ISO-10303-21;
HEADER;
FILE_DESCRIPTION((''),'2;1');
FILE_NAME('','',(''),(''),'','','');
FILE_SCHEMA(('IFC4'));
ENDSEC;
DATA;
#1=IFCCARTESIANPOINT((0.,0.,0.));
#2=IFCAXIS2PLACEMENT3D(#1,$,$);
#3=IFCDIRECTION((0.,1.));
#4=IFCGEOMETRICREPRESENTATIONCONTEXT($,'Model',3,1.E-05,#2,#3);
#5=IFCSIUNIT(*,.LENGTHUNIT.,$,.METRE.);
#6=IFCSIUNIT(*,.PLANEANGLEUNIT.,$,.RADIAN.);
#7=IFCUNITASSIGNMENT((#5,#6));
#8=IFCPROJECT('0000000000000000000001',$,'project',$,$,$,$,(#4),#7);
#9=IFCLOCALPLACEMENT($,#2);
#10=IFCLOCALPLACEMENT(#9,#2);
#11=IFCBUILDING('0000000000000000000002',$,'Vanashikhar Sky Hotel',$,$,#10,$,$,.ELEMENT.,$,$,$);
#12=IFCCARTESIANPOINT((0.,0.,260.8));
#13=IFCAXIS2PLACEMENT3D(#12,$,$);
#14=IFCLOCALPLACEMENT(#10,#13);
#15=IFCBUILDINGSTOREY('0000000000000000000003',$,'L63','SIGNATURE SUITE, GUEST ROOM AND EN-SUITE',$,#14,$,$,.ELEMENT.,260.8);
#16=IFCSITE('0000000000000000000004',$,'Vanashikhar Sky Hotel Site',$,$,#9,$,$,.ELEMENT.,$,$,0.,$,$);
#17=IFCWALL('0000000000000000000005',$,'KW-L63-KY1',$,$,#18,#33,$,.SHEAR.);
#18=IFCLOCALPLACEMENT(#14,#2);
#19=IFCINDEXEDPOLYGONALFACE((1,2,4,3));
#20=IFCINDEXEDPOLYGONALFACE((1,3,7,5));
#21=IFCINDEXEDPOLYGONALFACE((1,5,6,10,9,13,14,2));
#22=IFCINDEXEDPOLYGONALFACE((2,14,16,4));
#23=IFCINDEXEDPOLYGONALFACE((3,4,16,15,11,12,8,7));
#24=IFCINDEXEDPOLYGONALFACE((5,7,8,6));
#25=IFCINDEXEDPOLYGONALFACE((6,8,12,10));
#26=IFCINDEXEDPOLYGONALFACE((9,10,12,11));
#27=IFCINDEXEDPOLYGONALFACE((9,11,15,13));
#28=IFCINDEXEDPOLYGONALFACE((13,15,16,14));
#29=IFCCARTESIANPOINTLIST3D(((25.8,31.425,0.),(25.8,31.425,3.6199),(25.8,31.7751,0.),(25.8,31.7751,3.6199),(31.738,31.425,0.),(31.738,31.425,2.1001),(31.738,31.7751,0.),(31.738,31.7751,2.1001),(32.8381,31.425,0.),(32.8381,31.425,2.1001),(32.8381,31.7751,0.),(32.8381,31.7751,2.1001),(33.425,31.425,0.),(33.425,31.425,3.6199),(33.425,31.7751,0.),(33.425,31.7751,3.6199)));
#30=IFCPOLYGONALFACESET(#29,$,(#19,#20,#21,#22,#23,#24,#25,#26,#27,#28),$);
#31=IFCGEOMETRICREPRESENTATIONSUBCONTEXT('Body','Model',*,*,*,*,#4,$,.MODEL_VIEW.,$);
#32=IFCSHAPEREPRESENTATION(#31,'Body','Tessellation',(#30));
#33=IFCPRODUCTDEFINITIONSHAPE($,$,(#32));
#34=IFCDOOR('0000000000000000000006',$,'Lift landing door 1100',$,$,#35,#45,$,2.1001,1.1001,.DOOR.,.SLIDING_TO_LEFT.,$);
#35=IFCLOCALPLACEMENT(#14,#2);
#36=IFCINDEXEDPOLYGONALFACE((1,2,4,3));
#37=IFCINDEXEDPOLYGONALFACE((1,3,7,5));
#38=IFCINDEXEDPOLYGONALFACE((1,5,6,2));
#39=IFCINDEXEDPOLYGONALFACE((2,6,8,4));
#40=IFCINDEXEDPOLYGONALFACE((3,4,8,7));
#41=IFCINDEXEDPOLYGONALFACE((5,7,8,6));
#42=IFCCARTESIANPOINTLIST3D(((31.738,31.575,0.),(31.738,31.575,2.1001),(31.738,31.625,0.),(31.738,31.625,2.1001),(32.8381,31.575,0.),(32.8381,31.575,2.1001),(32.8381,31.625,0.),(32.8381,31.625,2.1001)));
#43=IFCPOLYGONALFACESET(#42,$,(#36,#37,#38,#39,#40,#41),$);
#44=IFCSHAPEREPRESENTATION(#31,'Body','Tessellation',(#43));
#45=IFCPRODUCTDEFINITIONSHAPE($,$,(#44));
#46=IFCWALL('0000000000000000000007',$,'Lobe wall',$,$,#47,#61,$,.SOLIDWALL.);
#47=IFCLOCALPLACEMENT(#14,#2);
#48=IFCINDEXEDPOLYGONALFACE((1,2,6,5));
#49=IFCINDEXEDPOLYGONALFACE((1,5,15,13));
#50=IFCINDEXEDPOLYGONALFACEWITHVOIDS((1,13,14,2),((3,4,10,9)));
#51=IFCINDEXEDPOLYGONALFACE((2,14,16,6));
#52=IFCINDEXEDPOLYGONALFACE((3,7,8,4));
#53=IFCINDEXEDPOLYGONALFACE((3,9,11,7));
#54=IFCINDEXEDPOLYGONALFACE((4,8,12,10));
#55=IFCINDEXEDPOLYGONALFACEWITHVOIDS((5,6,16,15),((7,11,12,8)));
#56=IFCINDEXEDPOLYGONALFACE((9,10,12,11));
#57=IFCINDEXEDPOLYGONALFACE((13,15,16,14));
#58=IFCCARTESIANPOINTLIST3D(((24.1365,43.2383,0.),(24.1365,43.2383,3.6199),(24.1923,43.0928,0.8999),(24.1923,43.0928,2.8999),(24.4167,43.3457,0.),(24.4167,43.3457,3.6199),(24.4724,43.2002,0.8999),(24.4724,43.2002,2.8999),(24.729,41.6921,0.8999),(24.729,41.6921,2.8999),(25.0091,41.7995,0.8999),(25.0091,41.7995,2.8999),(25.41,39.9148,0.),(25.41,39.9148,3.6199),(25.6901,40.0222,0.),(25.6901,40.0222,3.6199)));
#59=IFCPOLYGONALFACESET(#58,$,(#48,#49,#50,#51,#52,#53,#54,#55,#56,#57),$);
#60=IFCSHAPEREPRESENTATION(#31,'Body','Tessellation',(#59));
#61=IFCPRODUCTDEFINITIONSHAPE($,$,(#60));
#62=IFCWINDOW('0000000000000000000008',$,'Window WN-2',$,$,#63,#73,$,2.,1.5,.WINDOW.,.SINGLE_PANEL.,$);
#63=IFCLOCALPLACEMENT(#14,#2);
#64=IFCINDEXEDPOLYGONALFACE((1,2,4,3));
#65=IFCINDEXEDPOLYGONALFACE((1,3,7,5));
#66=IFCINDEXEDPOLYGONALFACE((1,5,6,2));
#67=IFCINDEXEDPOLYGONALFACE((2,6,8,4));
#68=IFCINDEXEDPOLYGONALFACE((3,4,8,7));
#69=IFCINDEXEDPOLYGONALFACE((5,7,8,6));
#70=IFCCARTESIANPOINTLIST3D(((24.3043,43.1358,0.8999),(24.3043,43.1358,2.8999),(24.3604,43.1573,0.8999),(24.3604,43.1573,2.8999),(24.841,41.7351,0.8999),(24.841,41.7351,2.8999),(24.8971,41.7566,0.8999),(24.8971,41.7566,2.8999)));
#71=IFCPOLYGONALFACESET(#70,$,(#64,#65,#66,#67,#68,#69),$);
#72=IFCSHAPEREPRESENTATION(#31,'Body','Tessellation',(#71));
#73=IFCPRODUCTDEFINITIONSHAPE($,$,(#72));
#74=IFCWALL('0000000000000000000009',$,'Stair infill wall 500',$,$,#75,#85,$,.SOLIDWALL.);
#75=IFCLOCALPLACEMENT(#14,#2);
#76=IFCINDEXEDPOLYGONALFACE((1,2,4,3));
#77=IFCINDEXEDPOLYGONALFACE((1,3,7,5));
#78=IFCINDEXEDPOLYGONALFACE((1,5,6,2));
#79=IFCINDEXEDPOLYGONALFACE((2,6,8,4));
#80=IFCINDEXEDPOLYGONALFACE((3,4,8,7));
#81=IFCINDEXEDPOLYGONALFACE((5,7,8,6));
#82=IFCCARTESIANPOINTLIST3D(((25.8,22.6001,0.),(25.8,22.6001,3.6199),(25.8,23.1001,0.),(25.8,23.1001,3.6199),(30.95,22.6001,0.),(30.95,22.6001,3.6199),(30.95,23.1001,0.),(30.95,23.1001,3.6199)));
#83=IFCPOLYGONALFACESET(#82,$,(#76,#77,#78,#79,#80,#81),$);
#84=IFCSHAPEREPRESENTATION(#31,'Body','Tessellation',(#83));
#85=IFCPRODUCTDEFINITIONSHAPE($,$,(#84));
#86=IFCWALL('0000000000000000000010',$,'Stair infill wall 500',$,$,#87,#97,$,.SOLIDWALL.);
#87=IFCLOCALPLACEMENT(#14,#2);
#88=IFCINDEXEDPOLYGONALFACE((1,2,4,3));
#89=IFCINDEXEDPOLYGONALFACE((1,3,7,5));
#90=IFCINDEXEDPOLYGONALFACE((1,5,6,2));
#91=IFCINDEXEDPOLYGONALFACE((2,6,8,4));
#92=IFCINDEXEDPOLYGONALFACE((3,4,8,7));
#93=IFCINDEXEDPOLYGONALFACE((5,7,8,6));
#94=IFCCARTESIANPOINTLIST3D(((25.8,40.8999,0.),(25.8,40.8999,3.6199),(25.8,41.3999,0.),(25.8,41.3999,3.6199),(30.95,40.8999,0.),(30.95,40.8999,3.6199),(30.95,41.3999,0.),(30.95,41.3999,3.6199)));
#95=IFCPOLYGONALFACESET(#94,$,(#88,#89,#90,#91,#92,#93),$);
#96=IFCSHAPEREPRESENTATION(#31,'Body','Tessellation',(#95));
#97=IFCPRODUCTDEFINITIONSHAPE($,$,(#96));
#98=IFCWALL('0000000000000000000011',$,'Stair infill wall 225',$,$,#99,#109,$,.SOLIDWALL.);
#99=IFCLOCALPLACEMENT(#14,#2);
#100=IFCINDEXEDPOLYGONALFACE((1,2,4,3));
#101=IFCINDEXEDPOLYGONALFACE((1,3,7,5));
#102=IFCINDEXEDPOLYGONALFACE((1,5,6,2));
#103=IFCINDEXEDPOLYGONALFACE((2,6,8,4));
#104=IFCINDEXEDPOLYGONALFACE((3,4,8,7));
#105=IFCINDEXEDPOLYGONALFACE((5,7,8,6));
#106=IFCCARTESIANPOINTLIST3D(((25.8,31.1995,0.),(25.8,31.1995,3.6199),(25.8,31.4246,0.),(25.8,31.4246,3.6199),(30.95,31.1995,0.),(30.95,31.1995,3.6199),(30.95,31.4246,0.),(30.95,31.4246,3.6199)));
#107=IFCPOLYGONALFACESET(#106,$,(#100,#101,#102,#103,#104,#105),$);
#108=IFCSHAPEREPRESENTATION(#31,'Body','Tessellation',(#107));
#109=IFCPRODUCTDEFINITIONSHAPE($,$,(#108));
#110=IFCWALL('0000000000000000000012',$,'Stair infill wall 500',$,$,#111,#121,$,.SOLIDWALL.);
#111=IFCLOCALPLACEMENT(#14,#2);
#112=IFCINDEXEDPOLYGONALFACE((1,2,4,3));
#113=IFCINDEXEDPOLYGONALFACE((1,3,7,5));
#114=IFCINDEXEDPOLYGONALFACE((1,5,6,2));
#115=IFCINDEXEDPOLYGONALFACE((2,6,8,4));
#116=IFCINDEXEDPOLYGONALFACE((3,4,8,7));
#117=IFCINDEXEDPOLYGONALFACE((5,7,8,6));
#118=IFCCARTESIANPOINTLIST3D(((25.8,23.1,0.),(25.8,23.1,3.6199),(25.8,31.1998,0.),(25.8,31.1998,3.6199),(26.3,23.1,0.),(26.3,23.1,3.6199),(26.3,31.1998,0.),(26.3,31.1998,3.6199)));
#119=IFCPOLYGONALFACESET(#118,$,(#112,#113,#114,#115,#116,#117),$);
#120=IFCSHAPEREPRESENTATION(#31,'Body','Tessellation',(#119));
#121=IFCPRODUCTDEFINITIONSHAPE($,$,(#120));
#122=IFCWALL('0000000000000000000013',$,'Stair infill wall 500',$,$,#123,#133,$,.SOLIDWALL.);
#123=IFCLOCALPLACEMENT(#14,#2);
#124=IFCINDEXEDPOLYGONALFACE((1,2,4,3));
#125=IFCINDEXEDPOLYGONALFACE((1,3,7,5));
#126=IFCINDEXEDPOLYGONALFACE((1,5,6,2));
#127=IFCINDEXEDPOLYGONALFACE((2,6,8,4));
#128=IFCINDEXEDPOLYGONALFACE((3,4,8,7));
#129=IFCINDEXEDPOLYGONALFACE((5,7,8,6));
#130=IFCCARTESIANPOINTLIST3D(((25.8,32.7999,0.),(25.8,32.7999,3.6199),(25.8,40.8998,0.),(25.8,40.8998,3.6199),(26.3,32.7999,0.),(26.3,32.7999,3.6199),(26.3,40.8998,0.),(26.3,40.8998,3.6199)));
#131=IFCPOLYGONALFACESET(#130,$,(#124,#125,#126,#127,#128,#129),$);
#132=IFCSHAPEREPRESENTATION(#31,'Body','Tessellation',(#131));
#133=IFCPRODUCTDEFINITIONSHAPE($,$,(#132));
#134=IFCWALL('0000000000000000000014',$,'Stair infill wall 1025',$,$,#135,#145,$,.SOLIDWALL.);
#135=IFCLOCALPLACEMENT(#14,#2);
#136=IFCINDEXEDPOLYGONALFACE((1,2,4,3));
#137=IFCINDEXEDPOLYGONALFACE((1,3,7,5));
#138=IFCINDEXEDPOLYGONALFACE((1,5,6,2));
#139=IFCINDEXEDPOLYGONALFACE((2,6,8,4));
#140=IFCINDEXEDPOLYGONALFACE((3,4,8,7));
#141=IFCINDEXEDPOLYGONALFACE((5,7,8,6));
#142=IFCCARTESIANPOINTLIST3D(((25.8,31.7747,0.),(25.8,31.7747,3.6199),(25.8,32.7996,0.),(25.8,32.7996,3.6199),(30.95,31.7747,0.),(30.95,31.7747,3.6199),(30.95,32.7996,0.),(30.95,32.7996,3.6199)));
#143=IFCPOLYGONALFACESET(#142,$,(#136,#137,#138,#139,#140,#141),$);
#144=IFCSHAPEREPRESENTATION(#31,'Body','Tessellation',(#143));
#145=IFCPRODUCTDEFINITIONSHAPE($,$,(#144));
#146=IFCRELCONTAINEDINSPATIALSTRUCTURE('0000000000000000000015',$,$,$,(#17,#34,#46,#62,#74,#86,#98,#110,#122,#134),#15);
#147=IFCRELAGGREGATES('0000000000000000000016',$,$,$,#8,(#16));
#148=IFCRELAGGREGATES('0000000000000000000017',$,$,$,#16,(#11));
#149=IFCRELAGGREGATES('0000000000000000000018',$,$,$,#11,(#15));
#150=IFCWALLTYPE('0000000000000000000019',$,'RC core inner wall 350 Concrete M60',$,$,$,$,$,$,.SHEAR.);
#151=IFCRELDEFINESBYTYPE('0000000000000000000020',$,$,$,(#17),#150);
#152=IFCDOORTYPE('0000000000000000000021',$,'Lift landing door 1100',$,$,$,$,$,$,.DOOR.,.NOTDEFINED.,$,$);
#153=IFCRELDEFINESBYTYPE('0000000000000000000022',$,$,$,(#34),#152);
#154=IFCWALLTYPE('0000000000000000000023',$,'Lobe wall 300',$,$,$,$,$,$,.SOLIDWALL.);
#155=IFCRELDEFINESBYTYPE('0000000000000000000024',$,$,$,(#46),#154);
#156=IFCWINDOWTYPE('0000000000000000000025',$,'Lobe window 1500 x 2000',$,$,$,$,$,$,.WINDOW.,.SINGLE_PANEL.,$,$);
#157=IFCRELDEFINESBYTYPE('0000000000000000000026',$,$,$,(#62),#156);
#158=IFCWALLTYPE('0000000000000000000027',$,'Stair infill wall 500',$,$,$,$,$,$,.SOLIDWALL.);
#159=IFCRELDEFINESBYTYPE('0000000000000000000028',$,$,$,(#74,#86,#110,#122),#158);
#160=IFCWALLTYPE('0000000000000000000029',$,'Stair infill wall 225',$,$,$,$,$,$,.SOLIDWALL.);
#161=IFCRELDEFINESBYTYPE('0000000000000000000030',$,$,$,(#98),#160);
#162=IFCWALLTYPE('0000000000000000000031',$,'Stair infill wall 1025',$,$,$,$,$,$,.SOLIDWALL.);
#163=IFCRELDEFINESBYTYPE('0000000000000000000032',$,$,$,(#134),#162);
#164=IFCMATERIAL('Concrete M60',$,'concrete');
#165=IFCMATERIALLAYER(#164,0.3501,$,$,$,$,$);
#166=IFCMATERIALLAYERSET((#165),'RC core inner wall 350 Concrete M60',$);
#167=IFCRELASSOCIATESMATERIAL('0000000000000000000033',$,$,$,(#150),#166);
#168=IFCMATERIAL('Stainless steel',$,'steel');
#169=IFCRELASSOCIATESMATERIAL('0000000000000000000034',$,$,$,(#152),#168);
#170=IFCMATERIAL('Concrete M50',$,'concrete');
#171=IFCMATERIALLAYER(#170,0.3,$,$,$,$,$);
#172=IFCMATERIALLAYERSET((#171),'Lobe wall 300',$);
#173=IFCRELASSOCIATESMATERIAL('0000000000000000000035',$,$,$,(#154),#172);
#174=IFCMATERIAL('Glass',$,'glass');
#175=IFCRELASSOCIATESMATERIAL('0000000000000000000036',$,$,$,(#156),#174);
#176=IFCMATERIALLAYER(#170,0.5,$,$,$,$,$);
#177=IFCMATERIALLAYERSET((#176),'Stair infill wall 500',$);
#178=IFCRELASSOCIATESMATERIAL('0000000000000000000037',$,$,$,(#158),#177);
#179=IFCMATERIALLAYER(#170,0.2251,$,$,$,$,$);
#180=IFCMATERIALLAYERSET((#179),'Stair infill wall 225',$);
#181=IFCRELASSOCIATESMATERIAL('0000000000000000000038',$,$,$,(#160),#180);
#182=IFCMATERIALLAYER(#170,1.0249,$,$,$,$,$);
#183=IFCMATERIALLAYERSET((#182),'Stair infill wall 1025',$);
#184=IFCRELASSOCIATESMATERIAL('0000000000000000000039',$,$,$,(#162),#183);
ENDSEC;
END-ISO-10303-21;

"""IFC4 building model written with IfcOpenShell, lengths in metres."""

from ifc_helpers import new_model, si_unit, direction, frame, frame_2d, origin, place, context, subcontext, project, spatial, rectangle, extrude, source, transform, mapped, material, layer, layer_set, type_object, element, fill, save


model = new_model("IFC4")

# Units and contexts
model_context = context("Model", 3, precision=1e-05, world=origin(), true_north=direction((0.0, 1.0)))
body_context = subcontext(model_context, "Body", "Model", "MODEL_VIEW")
ifc_project = project(units=[si_unit("LENGTHUNIT", "METRE"), si_unit("PLANEANGLEUNIT", "RADIAN")], contexts=[model_context])

# Site, building, storey
site_placement = place(None, origin())
site = spatial("IfcSite", under=ifc_project, at=site_placement, Name="Vanashikhar Sky Hotel Site", CompositionType="ELEMENT", RefElevation=0.0)
building_placement = place(site_placement, origin())
building = spatial("IfcBuilding", under=site, at=building_placement, Name="Vanashikhar Sky Hotel", CompositionType="ELEMENT")
storey_placement = place(building_placement, frame((0.0, 0.0, 260.8)))
storey = spatial("IfcBuildingStorey", under=building, at=storey_placement, Name="L63", Description="SIGNATURE SUITE, GUEST ROOM AND EN-SUITE", CompositionType="ELEMENT", Elevation=260.8)

# Wall, opening, door
ifc_material_1 = material(Name="Concrete M60", Category="concrete")
ifc_layer_1 = layer(ifc_material_1, 0.3501)
ifc_layer_set_1 = layer_set([ifc_layer_1], Name="RC core inner wall 350 Concrete M60")
wall_type_1 = type_object("IfcWallType", Name="RC core inner wall 350 Concrete M60", PredefinedType="SHEAR", material=ifc_layer_set_1)
shared_shape_1 = source(origin(), body_context, "Body", "SweptSolid", [
    extrude(rectangle(XDim=7.625, YDim=0.3501, at=frame_2d((3.8125, 0.0))), origin(), (0.0, 0.0, 1.0), 3.6199),
])
wall_1_placement = place(storey_placement, frame((25.8, 31.6001, 0.0), z_axis=(0.0, 0.0, 1.0), x_axis=(1.0, 0.0, 0.0)))
wall_1 = element("IfcWall", 1, at=wall_1_placement, inside=storey, type_object=wall_type_1, Name="KW-L63-KY1", PredefinedType="SHEAR", context=body_context, shape_type="MappedRepresentation", body=[
    mapped(shared_shape_1, transform((0.0, 0.0, 0.0), scale=1.0)),
])
shared_shape_2 = source(origin(), body_context, "Body", "SweptSolid", [
    extrude(rectangle(XDim=1.1001, YDim=2.1001, at=frame_2d((0.55, 1.05))), frame((0.0, 0.1851, 0.0), z_axis=(0.0, -1.0, 0.0), x_axis=(1.0, 0.0, 0.0)), (0.0, 0.0, 1.0), 0.3701),
])
opening_1_placement = place(wall_1_placement, frame((5.938, 0.0, 0.0)))
opening_1 = element("IfcOpeningElement", 2, at=opening_1_placement, cuts=wall_1, PredefinedType="OPENING", context=body_context, shape_type="MappedRepresentation", body=[
    mapped(shared_shape_2, transform((0.0, 0.0, 0.0), scale=1.0)),
])
ifc_material_2 = material(Name="Stainless steel", Category="steel")
door_type = type_object("IfcDoorType", Name="Lift landing door 1100", OperationType="NOTDEFINED", PredefinedType="DOOR", material=ifc_material_2)
shared_shape_3 = source(origin(), body_context, "Body", "SweptSolid", [
    extrude(rectangle(XDim=1.1001, YDim=2.1001, at=frame_2d((0.55, 1.05))), frame((0.0, 0.0249, 0.0), z_axis=(0.0, -1.0, 0.0), x_axis=(1.0, 0.0, 0.0)), (0.0, 0.0, 1.0), 0.05),
])
door_placement = place(opening_1_placement, origin())
door = element("IfcDoor", 3, at=door_placement, inside=storey, type_object=door_type, Name="Lift landing door 1100", OperationType="SLIDING_TO_LEFT", OverallHeight=2.1001, OverallWidth=1.1001, PredefinedType="DOOR", context=body_context, shape_type="MappedRepresentation", body=[
    mapped(shared_shape_3, transform((0.0, 0.0, 0.0), scale=1.0)),
])
fill(opening_1, door)

# Wall, opening, window
ifc_material_3 = material(Name="Concrete M50", Category="concrete")
ifc_layer_2 = layer(ifc_material_3, 0.3)
ifc_layer_set_2 = layer_set([ifc_layer_2], Name="Lobe wall 300")
wall_type_2 = type_object("IfcWallType", Name="Lobe wall 300", PredefinedType="SOLIDWALL", material=ifc_layer_set_2)
shared_shape_4 = source(origin(), body_context, "Body", "SweptSolid", [
    extrude(rectangle(XDim=3.5591, YDim=0.3, at=frame_2d((1.7795, 0.0))), origin(), (0.0, 0.0, 1.0), 3.6199),
])
wall_2_placement = place(storey_placement, frame((25.55, 39.9685, 0.0), z_axis=(0.0, 0.0, 1.0), x_axis=(-0.357797, 0.933799, 0.0)))
wall_2 = element("IfcWall", 4, at=wall_2_placement, inside=storey, type_object=wall_type_2, Name="Lobe wall", PredefinedType="SOLIDWALL", context=body_context, shape_type="MappedRepresentation", body=[
    mapped(shared_shape_4, transform((0.0, 0.0, 0.0), scale=1.0)),
])
shared_shape_5 = source(origin(), body_context, "Body", "SweptSolid", [
    extrude(rectangle(XDim=1.5, YDim=2.0, at=frame_2d((0.75, 1.0))), frame((0.0, 0.1602, 0.0), z_axis=(0.0, -1.0, 0.0), x_axis=(1.0, 0.0, 0.0)), (0.0, 0.0, 1.0), 0.3201),
])
opening_2_placement = place(wall_2_placement, frame((1.9033, 0.0, 0.8999)))
opening_2 = element("IfcOpeningElement", 5, at=opening_2_placement, cuts=wall_2, PredefinedType="OPENING", context=body_context, shape_type="MappedRepresentation", body=[
    mapped(shared_shape_5, transform((0.0, 0.0, 0.0), scale=1.0)),
])
ifc_material_4 = material(Name="Glass", Category="glass")
window_type = type_object("IfcWindowType", Name="Lobe window 1500 x 2000", PartitioningType="SINGLE_PANEL", PredefinedType="WINDOW", material=ifc_material_4)
shared_shape_6 = source(origin(), body_context, "Body", "SweptSolid", [
    extrude(rectangle(XDim=1.5, YDim=2.0, at=frame_2d((0.75, 1.0))), frame((0.0, 0.03, 0.0), z_axis=(0.0, -1.0, 0.0), x_axis=(1.0, 0.0, 0.0)), (0.0, 0.0, 1.0), 0.0601),
])
window_placement = place(opening_2_placement, origin())
window = element("IfcWindow", 6, at=window_placement, inside=storey, type_object=window_type, Name="Window WN-2", OverallHeight=2.0, OverallWidth=1.5, PartitioningType="SINGLE_PANEL", PredefinedType="WINDOW", context=body_context, shape_type="MappedRepresentation", body=[
    mapped(shared_shape_6, transform((0.0, 0.0, 0.0), scale=1.0)),
])
fill(opening_2, window)

# Walls
ifc_layer_3 = layer(ifc_material_3, 0.5)
ifc_layer_set_3 = layer_set([ifc_layer_3], Name="Stair infill wall 500")
wall_type_3 = type_object("IfcWallType", Name="Stair infill wall 500", PredefinedType="SOLIDWALL", material=ifc_layer_set_3)
shared_shape_7 = source(origin(), body_context, "Body", "SweptSolid", [
    extrude(rectangle(XDim=5.1499, YDim=0.5, at=frame_2d((2.575, 0.0))), origin(), (0.0, 0.0, 1.0), 3.6199),
])
for number, where, z_axis, x_axis, name in (
    (7, (25.8, 22.8501, 0.0), (0.0, 0.0, 1.0), (1.0, 0.0, 0.0), "Stair infill wall 500"),
    (8, (25.8, 41.1499, 0.0), (0.0, 0.0, 1.0), (1.0, 0.0, 0.0), "Stair infill wall 500"),
):
    element("IfcWall", number, at=place(storey_placement, frame(where, z_axis=z_axis, x_axis=x_axis)), inside=storey, type_object=wall_type_3, Name=name, PredefinedType="SOLIDWALL", context=body_context, shape_type="MappedRepresentation", body=[
        mapped(shared_shape_7, transform((0.0, 0.0, 0.0), scale=1.0)),
    ])
ifc_layer_4 = layer(ifc_material_3, 0.2251)
ifc_layer_set_4 = layer_set([ifc_layer_4], Name="Stair infill wall 225")
wall_type_4 = type_object("IfcWallType", Name="Stair infill wall 225", PredefinedType="SOLIDWALL", material=ifc_layer_set_4)
shared_shape_8 = source(origin(), body_context, "Body", "SweptSolid", [
    extrude(rectangle(XDim=5.1499, YDim=0.2251, at=frame_2d((2.575, 0.0))), origin(), (0.0, 0.0, 1.0), 3.6199),
])
wall_3_placement = place(storey_placement, frame((25.8, 31.312, 0.0), z_axis=(0.0, 0.0, 1.0), x_axis=(1.0, 0.0, 0.0)))
element("IfcWall", 9, at=wall_3_placement, inside=storey, type_object=wall_type_4, Name="Stair infill wall 225", PredefinedType="SOLIDWALL", context=body_context, shape_type="MappedRepresentation", body=[
    mapped(shared_shape_8, transform((0.0, 0.0, 0.0), scale=1.0)),
])
shared_shape_9 = source(origin(), body_context, "Body", "SweptSolid", [
    extrude(rectangle(XDim=8.0999, YDim=0.5, at=frame_2d((4.0498, 0.0))), origin(), (0.0, 0.0, 1.0), 3.6199),
])
for number, where, z_axis, x_axis, name in (
    (10, (26.05, 23.1001, 0.0), (0.0, 0.0, 1.0), (0.0, 1.0, 0.0), "Stair infill wall 500"),
    (11, (26.05, 32.8, 0.0), (0.0, 0.0, 1.0), (0.0, 1.0, 0.0), "Stair infill wall 500"),
):
    element("IfcWall", number, at=place(storey_placement, frame(where, z_axis=z_axis, x_axis=x_axis)), inside=storey, type_object=wall_type_3, Name=name, PredefinedType="SOLIDWALL", context=body_context, shape_type="MappedRepresentation", body=[
        mapped(shared_shape_9, transform((0.0, 0.0, 0.0), scale=1.0)),
    ])
ifc_layer_5 = layer(ifc_material_3, 1.0249)
ifc_layer_set_5 = layer_set([ifc_layer_5], Name="Stair infill wall 1025")
wall_type_5 = type_object("IfcWallType", Name="Stair infill wall 1025", PredefinedType="SOLIDWALL", material=ifc_layer_set_5)
shared_shape_10 = source(origin(), body_context, "Body", "SweptSolid", [
    extrude(rectangle(XDim=5.1499, YDim=1.0249, at=frame_2d((2.575, 0.0))), origin(), (0.0, 0.0, 1.0), 3.6199),
])
wall_4_placement = place(storey_placement, frame((25.8, 32.2871, 0.0), z_axis=(0.0, 0.0, 1.0), x_axis=(1.0, 0.0, 0.0)))
element("IfcWall", 12, at=wall_4_placement, inside=storey, type_object=wall_type_5, Name="Stair infill wall 1025", PredefinedType="SOLIDWALL", context=body_context, shape_type="MappedRepresentation", body=[
    mapped(shared_shape_10, transform((0.0, 0.0, 0.0), scale=1.0)),
])

save(model, "model.ifc")
